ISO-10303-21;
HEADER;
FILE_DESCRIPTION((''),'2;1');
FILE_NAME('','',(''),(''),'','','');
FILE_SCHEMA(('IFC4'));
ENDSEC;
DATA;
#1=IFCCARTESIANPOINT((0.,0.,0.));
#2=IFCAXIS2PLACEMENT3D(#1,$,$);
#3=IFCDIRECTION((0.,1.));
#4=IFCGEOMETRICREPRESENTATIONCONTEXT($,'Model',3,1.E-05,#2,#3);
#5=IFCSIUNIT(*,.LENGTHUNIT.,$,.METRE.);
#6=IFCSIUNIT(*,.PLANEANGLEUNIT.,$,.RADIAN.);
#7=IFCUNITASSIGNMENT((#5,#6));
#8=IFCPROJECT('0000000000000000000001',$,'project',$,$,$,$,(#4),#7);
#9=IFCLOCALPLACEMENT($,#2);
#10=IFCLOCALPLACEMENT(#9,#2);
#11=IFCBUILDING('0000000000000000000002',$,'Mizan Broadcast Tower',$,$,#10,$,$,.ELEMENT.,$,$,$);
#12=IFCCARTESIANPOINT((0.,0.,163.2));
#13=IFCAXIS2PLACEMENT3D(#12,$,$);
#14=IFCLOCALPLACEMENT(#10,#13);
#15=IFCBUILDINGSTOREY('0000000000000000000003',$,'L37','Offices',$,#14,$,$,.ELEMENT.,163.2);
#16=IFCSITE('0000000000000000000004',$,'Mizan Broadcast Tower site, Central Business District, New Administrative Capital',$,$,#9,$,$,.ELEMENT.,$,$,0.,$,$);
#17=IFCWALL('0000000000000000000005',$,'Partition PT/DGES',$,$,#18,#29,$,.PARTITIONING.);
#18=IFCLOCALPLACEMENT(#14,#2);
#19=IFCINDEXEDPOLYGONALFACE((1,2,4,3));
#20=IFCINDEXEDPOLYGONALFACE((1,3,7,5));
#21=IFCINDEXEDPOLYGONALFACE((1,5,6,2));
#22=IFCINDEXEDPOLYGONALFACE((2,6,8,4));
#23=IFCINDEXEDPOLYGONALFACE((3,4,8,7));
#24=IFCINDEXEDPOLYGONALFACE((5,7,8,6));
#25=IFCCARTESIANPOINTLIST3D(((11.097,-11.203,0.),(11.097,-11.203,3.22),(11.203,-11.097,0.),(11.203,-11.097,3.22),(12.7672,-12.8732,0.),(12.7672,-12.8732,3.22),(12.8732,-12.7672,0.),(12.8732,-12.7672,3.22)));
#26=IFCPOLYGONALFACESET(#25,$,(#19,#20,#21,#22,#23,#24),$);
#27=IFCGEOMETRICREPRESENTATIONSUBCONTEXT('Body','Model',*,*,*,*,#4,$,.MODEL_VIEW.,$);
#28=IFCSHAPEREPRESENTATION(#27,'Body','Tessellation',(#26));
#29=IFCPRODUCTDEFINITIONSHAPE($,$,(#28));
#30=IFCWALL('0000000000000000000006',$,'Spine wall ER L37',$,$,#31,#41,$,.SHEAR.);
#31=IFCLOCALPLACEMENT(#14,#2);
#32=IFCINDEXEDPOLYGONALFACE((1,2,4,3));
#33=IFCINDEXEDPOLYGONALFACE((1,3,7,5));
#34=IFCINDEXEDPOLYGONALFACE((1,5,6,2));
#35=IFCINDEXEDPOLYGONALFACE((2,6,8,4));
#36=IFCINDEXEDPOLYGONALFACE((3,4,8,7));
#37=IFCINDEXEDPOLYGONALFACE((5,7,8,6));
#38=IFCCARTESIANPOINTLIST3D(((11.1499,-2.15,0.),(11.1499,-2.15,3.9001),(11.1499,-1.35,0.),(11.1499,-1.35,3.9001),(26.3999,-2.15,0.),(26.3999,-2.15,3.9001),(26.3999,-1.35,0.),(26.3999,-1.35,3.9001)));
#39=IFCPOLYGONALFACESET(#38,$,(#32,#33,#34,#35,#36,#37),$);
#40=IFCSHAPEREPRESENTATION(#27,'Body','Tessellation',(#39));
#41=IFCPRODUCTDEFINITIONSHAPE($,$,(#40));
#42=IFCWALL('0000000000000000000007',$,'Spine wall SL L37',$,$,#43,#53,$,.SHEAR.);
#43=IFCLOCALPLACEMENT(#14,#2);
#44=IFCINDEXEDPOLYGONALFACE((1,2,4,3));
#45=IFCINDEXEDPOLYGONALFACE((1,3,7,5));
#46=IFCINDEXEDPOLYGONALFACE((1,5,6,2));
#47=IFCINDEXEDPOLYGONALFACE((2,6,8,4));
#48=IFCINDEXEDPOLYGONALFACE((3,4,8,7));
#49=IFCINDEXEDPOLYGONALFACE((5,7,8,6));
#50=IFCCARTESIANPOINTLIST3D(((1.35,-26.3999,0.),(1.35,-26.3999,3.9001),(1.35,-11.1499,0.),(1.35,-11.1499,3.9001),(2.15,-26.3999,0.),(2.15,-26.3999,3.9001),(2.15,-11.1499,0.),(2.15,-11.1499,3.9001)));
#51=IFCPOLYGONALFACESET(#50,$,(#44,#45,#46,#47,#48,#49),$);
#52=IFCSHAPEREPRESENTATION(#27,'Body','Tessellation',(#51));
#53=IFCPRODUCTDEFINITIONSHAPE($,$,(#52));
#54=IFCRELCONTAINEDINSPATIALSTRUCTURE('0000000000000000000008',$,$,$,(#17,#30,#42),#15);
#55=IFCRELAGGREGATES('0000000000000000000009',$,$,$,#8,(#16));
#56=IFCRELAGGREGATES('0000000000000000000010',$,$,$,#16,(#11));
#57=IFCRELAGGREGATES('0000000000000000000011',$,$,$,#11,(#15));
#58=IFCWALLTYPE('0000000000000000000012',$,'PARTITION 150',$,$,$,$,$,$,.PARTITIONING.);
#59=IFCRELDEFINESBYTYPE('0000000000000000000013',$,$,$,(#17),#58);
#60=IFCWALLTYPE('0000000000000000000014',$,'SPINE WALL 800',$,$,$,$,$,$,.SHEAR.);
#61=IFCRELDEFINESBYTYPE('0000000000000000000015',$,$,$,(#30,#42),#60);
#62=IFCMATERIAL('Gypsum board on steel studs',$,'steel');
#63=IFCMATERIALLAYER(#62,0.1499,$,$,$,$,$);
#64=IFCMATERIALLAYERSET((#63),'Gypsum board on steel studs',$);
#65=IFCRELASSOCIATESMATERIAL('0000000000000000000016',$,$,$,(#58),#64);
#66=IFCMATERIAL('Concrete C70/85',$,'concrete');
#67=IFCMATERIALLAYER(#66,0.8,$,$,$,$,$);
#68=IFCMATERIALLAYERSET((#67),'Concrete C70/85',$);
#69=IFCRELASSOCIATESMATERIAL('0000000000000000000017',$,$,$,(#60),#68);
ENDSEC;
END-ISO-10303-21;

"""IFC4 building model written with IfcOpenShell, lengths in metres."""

from ifc_helpers import new_model, si_unit, direction, frame, frame_2d, origin, place, context, subcontext, project, spatial, rectangle, extrude, material, layer, layer_set, type_object, element, save


model = new_model("IFC4")

# Units and contexts
model_context = context("Model", 3, precision=1e-05, world=origin(), true_north=direction((0.0, 1.0)))
body_context = subcontext(model_context, "Body", "Model", "MODEL_VIEW")
ifc_project = project(units=[si_unit("LENGTHUNIT", "METRE"), si_unit("PLANEANGLEUNIT", "RADIAN")], contexts=[model_context])

# Site, building, storey
site_placement = place(None, origin())
site = spatial("IfcSite", under=ifc_project, at=site_placement, Name="Mizan Broadcast Tower site, Central Business District, New Administrative Capital", CompositionType="ELEMENT", RefElevation=0.0)
building_placement = place(site_placement, origin())
building = spatial("IfcBuilding", under=site, at=building_placement, Name="Mizan Broadcast Tower", CompositionType="ELEMENT")
storey_placement = place(building_placement, frame((0.0, 0.0, 163.2)))
storey = spatial("IfcBuildingStorey", under=building, at=storey_placement, Name="L37", Description="Offices", CompositionType="ELEMENT", Elevation=163.2)

# Walls
ifc_material_1 = material(Name="Gypsum board on steel studs", Category="steel")
ifc_layer_1 = layer(ifc_material_1, 0.1499)
ifc_layer_set_1 = layer_set([ifc_layer_1], Name="Gypsum board on steel studs")
wall_type_1 = type_object("IfcWallType", Name="PARTITION 150", PredefinedType="PARTITIONING", material=ifc_layer_set_1)
wall_1_placement = place(storey_placement, frame((11.1499, -11.1499, 0.0), z_axis=(0.0, 0.0, 1.0), x_axis=(0.707107, -0.707107, 0.0)))
element("IfcWall", 1, at=wall_1_placement, inside=storey, type_object=wall_type_1, Name="Partition PT/DGES", PredefinedType="PARTITIONING", context=body_context, shape_type="SweptSolid", body=[
    extrude(rectangle(XDim=2.3621, YDim=0.1499, at=frame_2d((1.1812, 0.0))), origin(), (0.0, 0.0, 1.0), 3.22),
])
ifc_material_2 = material(Name="Concrete C70/85", Category="concrete")
ifc_layer_2 = layer(ifc_material_2, 0.8)
ifc_layer_set_2 = layer_set([ifc_layer_2], Name="Concrete C70/85")
wall_type_2 = type_object("IfcWallType", Name="SPINE WALL 800", PredefinedType="SHEAR", material=ifc_layer_set_2)
for number, where, z_axis, x_axis, name in (
    (2, (11.1499, -1.75, 0.0), (0.0, 0.0, 1.0), (1.0, 0.0, 0.0), "Spine wall ER L37"),
    (3, (1.75, -11.1499, 0.0), (0.0, 0.0, 1.0), (0.0, -1.0, 0.0), "Spine wall SL L37"),
):
    element("IfcWall", number, at=place(storey_placement, frame(where, z_axis=z_axis, x_axis=x_axis)), inside=storey, type_object=wall_type_2, Name=name, PredefinedType="SHEAR", context=body_context, shape_type="SweptSolid", body=[
        extrude(rectangle(XDim=15.25, YDim=0.8, at=frame_2d((7.625, 0.0))), origin(), (0.0, 0.0, 1.0), 3.9001),
    ])

save(model, "model.ifc")
